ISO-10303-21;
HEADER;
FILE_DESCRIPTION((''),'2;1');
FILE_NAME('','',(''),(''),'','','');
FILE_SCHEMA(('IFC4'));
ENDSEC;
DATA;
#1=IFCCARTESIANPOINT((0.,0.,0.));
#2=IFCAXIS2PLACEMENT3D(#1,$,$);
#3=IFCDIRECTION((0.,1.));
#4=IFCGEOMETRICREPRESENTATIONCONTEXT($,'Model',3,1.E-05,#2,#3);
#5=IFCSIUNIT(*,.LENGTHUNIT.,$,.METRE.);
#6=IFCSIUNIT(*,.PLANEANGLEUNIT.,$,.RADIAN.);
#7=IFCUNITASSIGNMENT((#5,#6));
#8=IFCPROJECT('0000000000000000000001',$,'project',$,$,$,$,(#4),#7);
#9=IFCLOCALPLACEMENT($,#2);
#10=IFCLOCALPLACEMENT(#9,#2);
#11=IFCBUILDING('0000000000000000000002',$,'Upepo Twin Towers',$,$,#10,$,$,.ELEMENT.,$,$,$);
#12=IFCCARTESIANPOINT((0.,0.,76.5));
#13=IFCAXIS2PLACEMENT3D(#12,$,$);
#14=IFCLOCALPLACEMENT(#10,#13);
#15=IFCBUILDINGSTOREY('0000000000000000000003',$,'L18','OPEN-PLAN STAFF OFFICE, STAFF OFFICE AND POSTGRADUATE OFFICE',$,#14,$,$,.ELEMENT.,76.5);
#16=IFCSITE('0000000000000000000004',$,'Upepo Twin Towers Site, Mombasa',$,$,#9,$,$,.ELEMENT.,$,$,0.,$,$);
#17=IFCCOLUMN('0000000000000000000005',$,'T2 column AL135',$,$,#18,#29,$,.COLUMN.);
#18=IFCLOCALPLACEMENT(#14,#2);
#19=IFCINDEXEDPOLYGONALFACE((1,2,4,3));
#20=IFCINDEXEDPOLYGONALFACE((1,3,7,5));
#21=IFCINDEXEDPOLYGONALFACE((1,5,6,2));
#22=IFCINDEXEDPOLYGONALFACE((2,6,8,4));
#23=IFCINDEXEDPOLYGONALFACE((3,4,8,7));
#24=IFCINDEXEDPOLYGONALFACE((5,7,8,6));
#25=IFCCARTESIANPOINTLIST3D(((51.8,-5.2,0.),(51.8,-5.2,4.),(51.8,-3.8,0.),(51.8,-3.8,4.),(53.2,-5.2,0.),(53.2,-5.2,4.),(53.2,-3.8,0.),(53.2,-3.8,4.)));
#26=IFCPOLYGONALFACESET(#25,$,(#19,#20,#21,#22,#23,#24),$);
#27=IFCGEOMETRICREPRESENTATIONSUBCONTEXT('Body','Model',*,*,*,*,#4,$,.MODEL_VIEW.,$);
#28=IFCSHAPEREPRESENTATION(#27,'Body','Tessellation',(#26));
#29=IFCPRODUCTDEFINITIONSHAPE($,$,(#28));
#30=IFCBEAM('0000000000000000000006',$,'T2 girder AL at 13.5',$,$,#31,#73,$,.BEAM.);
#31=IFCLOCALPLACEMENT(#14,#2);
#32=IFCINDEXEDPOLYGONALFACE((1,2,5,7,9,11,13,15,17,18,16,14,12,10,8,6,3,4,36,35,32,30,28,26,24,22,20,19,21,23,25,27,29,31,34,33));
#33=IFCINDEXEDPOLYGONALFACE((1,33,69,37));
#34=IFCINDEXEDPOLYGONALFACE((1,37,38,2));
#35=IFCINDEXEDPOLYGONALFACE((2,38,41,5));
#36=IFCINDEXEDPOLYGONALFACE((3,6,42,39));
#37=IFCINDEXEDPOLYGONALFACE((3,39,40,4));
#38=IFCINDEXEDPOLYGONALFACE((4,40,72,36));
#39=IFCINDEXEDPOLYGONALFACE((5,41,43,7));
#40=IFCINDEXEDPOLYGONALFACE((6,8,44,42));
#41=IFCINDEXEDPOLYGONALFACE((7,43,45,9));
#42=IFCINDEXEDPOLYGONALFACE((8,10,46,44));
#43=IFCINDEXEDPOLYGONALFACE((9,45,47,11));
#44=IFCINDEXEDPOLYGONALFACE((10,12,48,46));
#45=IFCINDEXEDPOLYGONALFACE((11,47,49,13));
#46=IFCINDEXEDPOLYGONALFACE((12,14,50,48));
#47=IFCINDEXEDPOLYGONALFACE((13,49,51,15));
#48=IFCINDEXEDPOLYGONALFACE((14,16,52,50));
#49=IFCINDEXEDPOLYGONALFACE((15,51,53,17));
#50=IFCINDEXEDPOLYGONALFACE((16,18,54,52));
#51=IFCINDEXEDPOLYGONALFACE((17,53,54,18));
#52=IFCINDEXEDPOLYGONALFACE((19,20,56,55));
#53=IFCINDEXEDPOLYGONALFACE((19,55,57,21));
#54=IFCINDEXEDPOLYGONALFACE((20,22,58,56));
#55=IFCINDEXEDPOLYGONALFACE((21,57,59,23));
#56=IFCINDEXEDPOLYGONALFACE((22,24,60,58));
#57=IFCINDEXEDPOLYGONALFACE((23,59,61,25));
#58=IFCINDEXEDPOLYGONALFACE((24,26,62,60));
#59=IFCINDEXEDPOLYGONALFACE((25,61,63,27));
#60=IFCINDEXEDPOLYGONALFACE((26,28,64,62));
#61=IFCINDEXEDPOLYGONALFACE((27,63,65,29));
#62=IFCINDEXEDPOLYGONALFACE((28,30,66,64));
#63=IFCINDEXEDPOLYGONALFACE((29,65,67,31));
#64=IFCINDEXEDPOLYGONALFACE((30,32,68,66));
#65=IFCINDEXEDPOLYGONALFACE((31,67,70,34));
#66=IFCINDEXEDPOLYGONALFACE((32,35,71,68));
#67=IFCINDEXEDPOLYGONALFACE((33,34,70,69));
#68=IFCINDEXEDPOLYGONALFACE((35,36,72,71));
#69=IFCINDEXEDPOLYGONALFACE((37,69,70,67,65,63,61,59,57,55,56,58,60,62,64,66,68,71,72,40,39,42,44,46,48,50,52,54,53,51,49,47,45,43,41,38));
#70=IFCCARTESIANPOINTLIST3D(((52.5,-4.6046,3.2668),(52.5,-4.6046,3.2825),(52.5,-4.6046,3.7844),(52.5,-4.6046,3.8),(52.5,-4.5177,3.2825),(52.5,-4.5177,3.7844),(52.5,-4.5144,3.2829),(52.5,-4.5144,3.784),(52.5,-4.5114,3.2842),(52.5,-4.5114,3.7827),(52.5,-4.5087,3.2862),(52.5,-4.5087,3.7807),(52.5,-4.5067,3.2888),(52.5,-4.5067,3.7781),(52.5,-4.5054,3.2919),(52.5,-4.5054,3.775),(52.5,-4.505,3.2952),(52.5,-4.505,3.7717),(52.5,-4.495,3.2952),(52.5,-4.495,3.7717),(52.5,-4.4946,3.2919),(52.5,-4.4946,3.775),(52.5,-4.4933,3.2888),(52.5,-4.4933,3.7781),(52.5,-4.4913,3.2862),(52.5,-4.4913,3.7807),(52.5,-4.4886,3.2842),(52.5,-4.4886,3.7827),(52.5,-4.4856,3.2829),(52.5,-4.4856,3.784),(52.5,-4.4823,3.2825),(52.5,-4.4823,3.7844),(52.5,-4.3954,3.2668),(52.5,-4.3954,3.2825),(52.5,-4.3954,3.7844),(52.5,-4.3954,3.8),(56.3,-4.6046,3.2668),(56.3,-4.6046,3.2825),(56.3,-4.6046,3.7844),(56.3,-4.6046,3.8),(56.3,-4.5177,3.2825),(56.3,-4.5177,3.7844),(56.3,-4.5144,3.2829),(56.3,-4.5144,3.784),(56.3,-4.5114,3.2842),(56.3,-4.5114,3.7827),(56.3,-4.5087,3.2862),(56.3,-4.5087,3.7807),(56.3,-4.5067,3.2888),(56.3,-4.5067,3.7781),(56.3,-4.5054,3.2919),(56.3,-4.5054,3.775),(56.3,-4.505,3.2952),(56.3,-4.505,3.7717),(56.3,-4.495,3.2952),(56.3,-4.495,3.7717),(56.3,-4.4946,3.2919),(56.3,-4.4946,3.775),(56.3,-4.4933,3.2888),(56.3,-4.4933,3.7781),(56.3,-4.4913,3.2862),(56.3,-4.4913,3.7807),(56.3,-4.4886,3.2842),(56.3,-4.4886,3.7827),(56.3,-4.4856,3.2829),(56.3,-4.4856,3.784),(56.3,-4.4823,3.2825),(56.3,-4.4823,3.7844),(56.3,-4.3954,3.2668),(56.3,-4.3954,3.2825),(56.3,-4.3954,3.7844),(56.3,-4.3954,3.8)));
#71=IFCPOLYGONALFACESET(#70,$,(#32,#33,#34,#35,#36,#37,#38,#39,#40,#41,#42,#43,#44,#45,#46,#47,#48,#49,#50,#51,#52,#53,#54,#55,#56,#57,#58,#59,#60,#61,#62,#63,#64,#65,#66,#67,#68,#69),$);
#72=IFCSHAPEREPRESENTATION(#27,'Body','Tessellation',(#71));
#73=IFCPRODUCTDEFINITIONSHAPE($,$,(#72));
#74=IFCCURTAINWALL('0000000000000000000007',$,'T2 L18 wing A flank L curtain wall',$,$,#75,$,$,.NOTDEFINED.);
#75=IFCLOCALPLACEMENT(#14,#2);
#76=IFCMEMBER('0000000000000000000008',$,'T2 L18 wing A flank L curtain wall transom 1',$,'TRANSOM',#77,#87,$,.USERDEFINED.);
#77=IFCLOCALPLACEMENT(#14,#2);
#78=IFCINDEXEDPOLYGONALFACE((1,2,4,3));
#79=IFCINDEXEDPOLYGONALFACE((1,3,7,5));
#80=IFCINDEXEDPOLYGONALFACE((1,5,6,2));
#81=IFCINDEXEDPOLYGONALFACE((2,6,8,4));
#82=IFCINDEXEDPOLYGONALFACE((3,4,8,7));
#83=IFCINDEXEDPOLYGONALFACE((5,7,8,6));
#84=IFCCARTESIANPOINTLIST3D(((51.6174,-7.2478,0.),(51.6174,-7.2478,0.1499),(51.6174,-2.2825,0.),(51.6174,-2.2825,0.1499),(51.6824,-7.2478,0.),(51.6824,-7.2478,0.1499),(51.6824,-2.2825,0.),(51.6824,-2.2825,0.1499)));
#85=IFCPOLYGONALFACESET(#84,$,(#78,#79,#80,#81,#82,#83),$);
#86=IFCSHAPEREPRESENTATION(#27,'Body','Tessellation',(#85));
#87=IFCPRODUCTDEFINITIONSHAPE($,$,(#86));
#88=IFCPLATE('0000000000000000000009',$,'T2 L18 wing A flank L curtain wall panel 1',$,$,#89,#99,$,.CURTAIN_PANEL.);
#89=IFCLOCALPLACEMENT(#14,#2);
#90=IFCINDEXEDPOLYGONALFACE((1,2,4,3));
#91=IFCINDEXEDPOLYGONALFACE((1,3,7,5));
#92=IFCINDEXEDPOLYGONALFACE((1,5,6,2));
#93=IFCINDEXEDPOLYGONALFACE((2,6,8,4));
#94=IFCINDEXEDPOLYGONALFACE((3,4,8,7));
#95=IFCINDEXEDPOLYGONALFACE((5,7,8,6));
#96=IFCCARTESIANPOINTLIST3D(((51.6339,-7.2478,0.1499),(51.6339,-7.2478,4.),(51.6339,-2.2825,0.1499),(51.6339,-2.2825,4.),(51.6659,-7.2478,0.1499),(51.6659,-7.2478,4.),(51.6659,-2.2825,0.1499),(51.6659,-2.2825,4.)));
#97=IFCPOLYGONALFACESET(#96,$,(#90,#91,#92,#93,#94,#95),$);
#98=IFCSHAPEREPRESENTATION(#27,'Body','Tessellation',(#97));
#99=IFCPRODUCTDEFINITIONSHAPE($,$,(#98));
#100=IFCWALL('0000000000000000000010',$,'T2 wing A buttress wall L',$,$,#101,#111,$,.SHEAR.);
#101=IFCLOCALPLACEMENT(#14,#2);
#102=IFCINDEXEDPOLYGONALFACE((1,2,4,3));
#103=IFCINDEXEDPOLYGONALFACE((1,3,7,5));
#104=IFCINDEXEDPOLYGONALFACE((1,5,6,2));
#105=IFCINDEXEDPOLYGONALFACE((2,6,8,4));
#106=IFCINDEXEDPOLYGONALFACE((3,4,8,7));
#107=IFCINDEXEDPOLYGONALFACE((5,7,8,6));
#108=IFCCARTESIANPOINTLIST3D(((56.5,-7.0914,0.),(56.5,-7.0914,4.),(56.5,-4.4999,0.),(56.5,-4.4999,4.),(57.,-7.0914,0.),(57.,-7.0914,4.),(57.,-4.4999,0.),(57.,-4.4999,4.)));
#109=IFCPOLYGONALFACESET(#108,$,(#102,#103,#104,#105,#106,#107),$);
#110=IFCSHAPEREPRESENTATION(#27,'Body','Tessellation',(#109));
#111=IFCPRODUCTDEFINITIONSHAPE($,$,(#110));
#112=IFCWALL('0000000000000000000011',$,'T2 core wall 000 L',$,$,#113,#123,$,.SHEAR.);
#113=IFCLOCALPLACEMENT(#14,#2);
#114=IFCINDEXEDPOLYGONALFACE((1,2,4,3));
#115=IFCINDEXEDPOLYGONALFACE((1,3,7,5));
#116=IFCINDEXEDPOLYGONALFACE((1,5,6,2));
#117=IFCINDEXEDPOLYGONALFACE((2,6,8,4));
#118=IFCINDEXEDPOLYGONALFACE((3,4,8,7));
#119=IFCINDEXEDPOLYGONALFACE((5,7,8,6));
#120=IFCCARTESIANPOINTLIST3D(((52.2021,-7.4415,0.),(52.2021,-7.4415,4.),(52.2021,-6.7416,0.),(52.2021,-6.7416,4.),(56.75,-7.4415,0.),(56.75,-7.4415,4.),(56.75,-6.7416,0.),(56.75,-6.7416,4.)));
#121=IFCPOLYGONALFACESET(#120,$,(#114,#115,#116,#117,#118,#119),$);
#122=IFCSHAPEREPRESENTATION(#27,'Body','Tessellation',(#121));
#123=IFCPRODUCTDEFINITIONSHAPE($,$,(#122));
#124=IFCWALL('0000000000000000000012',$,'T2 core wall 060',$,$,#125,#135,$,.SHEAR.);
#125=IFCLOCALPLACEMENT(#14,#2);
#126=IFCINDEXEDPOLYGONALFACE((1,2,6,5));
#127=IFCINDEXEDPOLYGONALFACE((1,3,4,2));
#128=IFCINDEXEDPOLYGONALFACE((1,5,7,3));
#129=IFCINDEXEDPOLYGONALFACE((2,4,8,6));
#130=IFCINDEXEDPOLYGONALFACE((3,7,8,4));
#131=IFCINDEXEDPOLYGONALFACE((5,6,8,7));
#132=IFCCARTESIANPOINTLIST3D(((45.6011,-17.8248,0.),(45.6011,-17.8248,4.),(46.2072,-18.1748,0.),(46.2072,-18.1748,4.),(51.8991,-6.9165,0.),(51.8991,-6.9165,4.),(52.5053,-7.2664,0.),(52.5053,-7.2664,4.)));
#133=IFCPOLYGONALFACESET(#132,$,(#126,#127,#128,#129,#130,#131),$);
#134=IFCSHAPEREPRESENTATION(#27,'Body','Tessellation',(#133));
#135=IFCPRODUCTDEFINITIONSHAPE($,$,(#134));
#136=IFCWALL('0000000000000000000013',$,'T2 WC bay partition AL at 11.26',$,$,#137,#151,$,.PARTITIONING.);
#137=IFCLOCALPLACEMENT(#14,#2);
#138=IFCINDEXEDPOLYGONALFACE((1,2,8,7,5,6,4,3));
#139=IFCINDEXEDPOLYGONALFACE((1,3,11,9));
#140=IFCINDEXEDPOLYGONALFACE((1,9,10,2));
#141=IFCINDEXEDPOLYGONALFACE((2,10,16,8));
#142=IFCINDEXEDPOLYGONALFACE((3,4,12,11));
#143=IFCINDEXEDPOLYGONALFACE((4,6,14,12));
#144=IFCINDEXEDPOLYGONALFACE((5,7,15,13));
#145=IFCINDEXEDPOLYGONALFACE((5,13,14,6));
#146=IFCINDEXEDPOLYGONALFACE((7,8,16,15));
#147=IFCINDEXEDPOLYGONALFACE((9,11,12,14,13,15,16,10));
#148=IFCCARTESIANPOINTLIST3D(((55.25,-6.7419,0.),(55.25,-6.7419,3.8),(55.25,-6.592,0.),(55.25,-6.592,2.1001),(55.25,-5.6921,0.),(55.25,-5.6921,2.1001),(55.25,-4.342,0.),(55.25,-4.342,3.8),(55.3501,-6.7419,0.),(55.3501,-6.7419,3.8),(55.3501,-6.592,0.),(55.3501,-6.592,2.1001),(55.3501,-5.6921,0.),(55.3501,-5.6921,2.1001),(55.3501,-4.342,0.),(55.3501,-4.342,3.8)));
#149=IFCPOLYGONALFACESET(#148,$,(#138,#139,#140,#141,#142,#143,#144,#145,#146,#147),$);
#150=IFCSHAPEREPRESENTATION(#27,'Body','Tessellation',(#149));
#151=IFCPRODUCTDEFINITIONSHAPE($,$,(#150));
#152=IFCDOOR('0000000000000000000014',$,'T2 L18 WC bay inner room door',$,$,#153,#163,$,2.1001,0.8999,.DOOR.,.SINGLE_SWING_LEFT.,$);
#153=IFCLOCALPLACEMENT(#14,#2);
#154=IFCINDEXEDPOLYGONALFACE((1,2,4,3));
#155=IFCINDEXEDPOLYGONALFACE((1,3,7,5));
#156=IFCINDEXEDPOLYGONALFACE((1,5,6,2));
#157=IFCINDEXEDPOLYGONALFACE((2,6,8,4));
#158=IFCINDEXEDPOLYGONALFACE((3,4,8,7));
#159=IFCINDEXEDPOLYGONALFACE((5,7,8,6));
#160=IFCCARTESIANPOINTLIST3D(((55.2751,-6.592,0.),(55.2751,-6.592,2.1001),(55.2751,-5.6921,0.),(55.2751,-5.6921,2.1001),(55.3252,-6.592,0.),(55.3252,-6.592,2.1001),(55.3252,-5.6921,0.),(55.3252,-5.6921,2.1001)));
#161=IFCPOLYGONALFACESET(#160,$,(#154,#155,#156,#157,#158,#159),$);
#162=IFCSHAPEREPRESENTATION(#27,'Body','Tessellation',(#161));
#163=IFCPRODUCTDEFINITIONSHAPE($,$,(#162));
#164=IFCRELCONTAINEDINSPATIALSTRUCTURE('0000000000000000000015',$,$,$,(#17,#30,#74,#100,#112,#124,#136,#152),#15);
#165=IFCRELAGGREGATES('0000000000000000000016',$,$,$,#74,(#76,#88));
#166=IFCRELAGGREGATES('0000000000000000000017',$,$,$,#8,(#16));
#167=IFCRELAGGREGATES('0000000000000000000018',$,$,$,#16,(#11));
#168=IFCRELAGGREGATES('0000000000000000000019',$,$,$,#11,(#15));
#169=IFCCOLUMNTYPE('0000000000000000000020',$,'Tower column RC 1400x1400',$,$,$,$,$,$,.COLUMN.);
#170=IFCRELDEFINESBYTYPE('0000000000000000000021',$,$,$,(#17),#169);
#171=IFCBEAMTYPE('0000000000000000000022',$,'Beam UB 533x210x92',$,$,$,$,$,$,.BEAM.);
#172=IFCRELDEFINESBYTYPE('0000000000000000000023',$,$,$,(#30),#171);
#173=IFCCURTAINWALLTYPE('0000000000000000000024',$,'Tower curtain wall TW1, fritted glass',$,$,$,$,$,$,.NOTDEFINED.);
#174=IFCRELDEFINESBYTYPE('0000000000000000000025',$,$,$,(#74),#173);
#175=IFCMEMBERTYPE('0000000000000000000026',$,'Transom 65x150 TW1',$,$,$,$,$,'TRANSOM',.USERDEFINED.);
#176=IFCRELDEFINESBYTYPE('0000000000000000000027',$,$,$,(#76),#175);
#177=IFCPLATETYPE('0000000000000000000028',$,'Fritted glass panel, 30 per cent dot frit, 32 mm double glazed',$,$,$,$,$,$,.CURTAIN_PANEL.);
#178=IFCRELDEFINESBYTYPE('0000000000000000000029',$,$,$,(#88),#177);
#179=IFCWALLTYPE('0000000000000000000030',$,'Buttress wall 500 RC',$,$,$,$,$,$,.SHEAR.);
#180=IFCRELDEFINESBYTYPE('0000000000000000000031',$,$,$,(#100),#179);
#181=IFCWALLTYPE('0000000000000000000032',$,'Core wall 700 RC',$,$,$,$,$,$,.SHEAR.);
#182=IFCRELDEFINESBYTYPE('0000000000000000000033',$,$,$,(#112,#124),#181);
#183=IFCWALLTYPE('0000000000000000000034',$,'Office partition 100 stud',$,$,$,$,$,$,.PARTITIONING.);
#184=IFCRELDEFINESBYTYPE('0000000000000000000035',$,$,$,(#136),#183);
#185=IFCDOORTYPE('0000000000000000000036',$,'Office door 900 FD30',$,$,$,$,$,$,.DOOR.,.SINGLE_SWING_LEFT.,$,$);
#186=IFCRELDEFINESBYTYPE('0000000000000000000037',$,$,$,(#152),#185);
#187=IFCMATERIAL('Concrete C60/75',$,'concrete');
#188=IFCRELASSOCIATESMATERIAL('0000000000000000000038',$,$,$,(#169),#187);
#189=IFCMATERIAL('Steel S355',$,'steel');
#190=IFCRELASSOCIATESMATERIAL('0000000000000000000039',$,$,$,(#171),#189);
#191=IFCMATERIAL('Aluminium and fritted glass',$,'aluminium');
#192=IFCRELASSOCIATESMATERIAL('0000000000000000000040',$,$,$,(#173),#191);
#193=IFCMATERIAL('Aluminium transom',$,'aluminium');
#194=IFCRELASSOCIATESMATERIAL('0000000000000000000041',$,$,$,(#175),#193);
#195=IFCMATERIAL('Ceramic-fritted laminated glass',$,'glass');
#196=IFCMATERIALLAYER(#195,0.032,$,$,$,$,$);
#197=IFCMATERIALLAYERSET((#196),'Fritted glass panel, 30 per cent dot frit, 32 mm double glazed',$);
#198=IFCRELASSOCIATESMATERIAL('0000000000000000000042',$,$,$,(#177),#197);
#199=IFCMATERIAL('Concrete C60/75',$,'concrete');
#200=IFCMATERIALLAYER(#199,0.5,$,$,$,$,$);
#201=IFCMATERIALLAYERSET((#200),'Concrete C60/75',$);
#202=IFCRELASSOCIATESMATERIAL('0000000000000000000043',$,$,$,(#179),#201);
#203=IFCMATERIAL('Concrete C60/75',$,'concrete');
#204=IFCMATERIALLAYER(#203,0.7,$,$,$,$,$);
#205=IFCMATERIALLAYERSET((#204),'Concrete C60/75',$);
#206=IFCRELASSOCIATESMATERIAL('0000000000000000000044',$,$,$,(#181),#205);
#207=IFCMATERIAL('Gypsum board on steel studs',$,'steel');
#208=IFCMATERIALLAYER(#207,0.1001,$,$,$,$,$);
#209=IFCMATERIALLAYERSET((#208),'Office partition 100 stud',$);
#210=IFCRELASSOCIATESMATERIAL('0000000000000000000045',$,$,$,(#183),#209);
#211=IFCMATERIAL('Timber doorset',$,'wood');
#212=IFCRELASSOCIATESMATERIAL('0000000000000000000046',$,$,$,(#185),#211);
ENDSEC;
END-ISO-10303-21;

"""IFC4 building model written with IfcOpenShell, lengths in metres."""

from ifc_helpers import new_model, si_unit, direction, frame, frame_2d, origin, origin_2d, place, context, subcontext, project, spatial, rectangle, i_section, extrude, material, layer, layer_set, material_profile, profile_set, type_object, element, fill, aggregate, save


model = new_model("IFC4")

# Units and contexts
model_context = context("Model", 3, precision=1e-05, world=origin(), true_north=direction((0.0, 1.0)))
body_context = subcontext(model_context, "Body", "Model", "MODEL_VIEW")
ifc_project = project(units=[si_unit("LENGTHUNIT", "METRE"), si_unit("PLANEANGLEUNIT", "RADIAN")], contexts=[model_context])

# Site, building, storey
site_placement = place(None, origin())
site = spatial("IfcSite", under=ifc_project, at=site_placement, Name="Upepo Twin Towers Site, Mombasa", CompositionType="ELEMENT", RefElevation=0.0)
building_placement = place(site_placement, origin())
building = spatial("IfcBuilding", under=site, at=building_placement, Name="Upepo Twin Towers", CompositionType="ELEMENT")
storey_placement = place(building_placement, frame((0.0, 0.0, 76.5)))
storey = spatial("IfcBuildingStorey", under=building, at=storey_placement, Name="L18", Description="OPEN-PLAN STAFF OFFICE, STAFF OFFICE AND POSTGRADUATE OFFICE", CompositionType="ELEMENT", Elevation=76.5)

# Column
ifc_material_1 = material(Name="Concrete C60/75", Category="concrete")
ifc_material_profile_1 = material_profile(ifc_material_1, rectangle(XDim=1.3999, YDim=1.3999, at=origin_2d()), Name="RC 1400x1400")
ifc_profile_set_1 = profile_set([ifc_material_profile_1], Name="Concrete C60/75")
column_type = type_object("IfcColumnType", Name="Tower column RC 1400x1400", PredefinedType="COLUMN", material=ifc_profile_set_1)
column_placement = place(storey_placement, frame((52.5, -4.5, 0.0), z_axis=(0.0, 0.0, 1.0), x_axis=(1.0, 0.0, 0.0)))
element("IfcColumn", 1, at=column_placement, inside=storey, type_object=column_type, Name="T2 column AL135", PredefinedType="COLUMN", context=body_context, shape_type="SweptSolid", body=[
    extrude(rectangle(XDim=1.3999, YDim=1.3999, at=origin_2d()), origin(), (0.0, 0.0, 1.0), 4.0),
])

# Beam
ifc_material_2 = material(Name="Steel S355", Category="steel")
ifc_material_profile_2 = material_profile(ifc_material_2, i_section(OverallWidth=0.2092, OverallDepth=0.5332, WebThickness=0.01, FlangeThickness=0.0156, FilletRadius=0.0127, at=origin_2d()), Name="UB 533x210x92")
ifc_profile_set_2 = profile_set([ifc_material_profile_2], Name="Steel S355")
beam_type = type_object("IfcBeamType", Name="Beam UB 533x210x92", PredefinedType="BEAM", material=ifc_profile_set_2)
beam_placement = place(storey_placement, frame((52.5, -4.5, 3.5334), z_axis=(1.0, 0.0, 0.0), x_axis=(0.0, 1.0, 0.0)))
element("IfcBeam", 2, at=beam_placement, inside=storey, type_object=beam_type, Name="T2 girder AL at 13.5", PredefinedType="BEAM", context=body_context, shape_type="SweptSolid", body=[
    extrude(i_section(OverallWidth=0.2092, OverallDepth=0.5332, WebThickness=0.01, FlangeThickness=0.0156, FilletRadius=0.0127, at=origin_2d()), origin(), (0.0, 0.0, 1.0), 3.8),
])

# Curtain wall, member, plate
ifc_material_3 = material(Name="Aluminium and fritted glass", Category="aluminium")
curtain_wall_type = type_object("IfcCurtainWallType", Name="Tower curtain wall TW1, fritted glass", PredefinedType="NOTDEFINED", material=ifc_material_3)
curtain_wall_placement = place(storey_placement, origin())
curtain_wall = element("IfcCurtainWall", 3, at=curtain_wall_placement, inside=storey, type_object=curtain_wall_type, Name="T2 L18 wing A flank L curtain wall", PredefinedType="NOTDEFINED")
ifc_material_4 = material(Name="Aluminium transom", Category="aluminium")
ifc_material_profile_3 = material_profile(ifc_material_4, rectangle(XDim=0.0649, YDim=0.1499, at=origin_2d()), Name="TRANSOM 65x150")
ifc_profile_set_3 = profile_set([ifc_material_profile_3], Name="Aluminium transom")
member_type = type_object("IfcMemberType", Name="Transom 65x150 TW1", ElementType="TRANSOM", PredefinedType="USERDEFINED", material=ifc_profile_set_3)
member_placement = place(storey_placement, frame((51.6499, -7.2478, 0.075), z_axis=(0.0, 1.0, 0.0), x_axis=(-1.0, 0.0, 0.0)))
member = element("IfcMember", 4, at=member_placement, type_object=member_type, Name="T2 L18 wing A flank L curtain wall transom 1", ObjectType="TRANSOM", PredefinedType="USERDEFINED", context=body_context, shape_type="SweptSolid", body=[
    extrude(rectangle(XDim=0.0649, YDim=0.1499, at=origin_2d()), origin(), (0.0, 0.0, 1.0), 4.9653),
])
ifc_material_5 = material(Name="Ceramic-fritted laminated glass", Category="glass")
ifc_layer_1 = layer(ifc_material_5, 0.032)
ifc_layer_set_1 = layer_set([ifc_layer_1], Name="Fritted glass panel, 30 per cent dot frit, 32 mm double glazed")
plate_type = type_object("IfcPlateType", Name="Fritted glass panel, 30 per cent dot frit, 32 mm double glazed", PredefinedType="CURTAIN_PANEL", material=ifc_layer_set_1)
plate_placement = place(storey_placement, frame((51.6499, -4.7651, 0.1499), z_axis=(0.0, 0.0, 1.0), x_axis=(0.0, 1.0, 0.0)))
plate = element("IfcPlate", 5, at=plate_placement, type_object=plate_type, Name="T2 L18 wing A flank L curtain wall panel 1", PredefinedType="CURTAIN_PANEL", context=body_context, shape_type="SweptSolid", body=[
    extrude(rectangle(XDim=4.9653, YDim=0.032, at=origin_2d()), origin(), (0.0, 0.0, 1.0), 3.8501),
])
aggregate(curtain_wall, [member, plate])

# Walls
ifc_material_6 = material(Name="Concrete C60/75", Category="concrete")
ifc_layer_2 = layer(ifc_material_6, 0.5)
ifc_layer_set_2 = layer_set([ifc_layer_2], Name="Concrete C60/75")
wall_type_1 = type_object("IfcWallType", Name="Buttress wall 500 RC", PredefinedType="SHEAR", material=ifc_layer_set_2)
wall_1_placement = place(storey_placement, frame((56.75, -7.0916, 0.0), z_axis=(0.0, 0.0, 1.0), x_axis=(0.0, 1.0, 0.0)))
element("IfcWall", 6, at=wall_1_placement, inside=storey, type_object=wall_type_1, Name="T2 wing A buttress wall L", PredefinedType="SHEAR", context=body_context, shape_type="SweptSolid", body=[
    extrude(rectangle(XDim=2.5916, YDim=0.5, at=frame_2d((1.2959, 0.0))), origin(), (0.0, 0.0, 1.0), 4.0),
])
ifc_material_7 = material(Name="Concrete C60/75", Category="concrete")
ifc_layer_3 = layer(ifc_material_7, 0.7)
ifc_layer_set_3 = layer_set([ifc_layer_3], Name="Concrete C60/75")
wall_type_2 = type_object("IfcWallType", Name="Core wall 700 RC", PredefinedType="SHEAR", material=ifc_layer_set_3)
wall_2_placement = place(storey_placement, frame((56.75, -7.0916, 0.0), z_axis=(0.0, 0.0, 1.0), x_axis=(-1.0, 0.0, 0.0)))
element("IfcWall", 7, at=wall_2_placement, inside=storey, type_object=wall_type_2, Name="T2 core wall 000 L", PredefinedType="SHEAR", context=body_context, shape_type="SweptSolid", body=[
    extrude(rectangle(XDim=4.5479, YDim=0.7, at=frame_2d((2.2739, 0.0))), origin(), (0.0, 0.0, 1.0), 4.0),
])
wall_3_placement = place(storey_placement, frame((52.2021, -7.0916, 0.0), z_axis=(0.0, 0.0, 1.0), x_axis=(-0.500006, -0.866022, 0.0)))
element("IfcWall", 8, at=wall_3_placement, inside=storey, type_object=wall_type_2, Name="T2 core wall 060", PredefinedType="SHEAR", context=body_context, shape_type="SweptSolid", body=[
    extrude(rectangle(XDim=12.5959, YDim=0.7, at=frame_2d((6.2979, 0.0))), origin(), (0.0, 0.0, 1.0), 4.0),
])

# Wall, opening, door
ifc_material_8 = material(Name="Gypsum board on steel studs", Category="steel")
ifc_layer_4 = layer(ifc_material_8, 0.1001)
ifc_layer_set_4 = layer_set([ifc_layer_4], Name="Office partition 100 stud")
wall_type_3 = type_object("IfcWallType", Name="Office partition 100 stud", PredefinedType="PARTITIONING", material=ifc_layer_set_4)
wall_4_placement = place(storey_placement, frame((55.3, -6.7419, 0.0), z_axis=(0.0, 0.0, 1.0), x_axis=(0.0, 1.0, 0.0)))
wall_4 = element("IfcWall", 9, at=wall_4_placement, inside=storey, type_object=wall_type_3, Name="T2 WC bay partition AL at 11.26", PredefinedType="PARTITIONING", context=body_context, shape_type="SweptSolid", body=[
    extrude(rectangle(XDim=2.3999, YDim=0.1001, at=frame_2d((1.2, 0.0))), origin(), (0.0, 0.0, 1.0), 3.8),
])
opening_1_placement = place(wall_4_placement, frame((0.1499, 0.0, 0.0)))
opening_1 = element("IfcOpeningElement", 10, at=opening_1_placement, cuts=wall_4, PredefinedType="OPENING", context=body_context, shape_type="SweptSolid", body=[
    extrude(rectangle(XDim=0.8999, YDim=2.1001, at=frame_2d((0.45, 1.05))), frame((0.0, 0.0601, 0.0), z_axis=(0.0, -1.0, 0.0), x_axis=(1.0, 0.0, 0.0)), (0.0, 0.0, 1.0), 0.1201),
])
ifc_material_9 = material(Name="Timber doorset", Category="wood")
door_type_1 = type_object("IfcDoorType", Name="Office door 900 FD30", OperationType="SINGLE_SWING_LEFT", PredefinedType="DOOR", material=ifc_material_9)
door_1_placement = place(opening_1_placement, origin())
door_1 = element("IfcDoor", 11, at=door_1_placement, inside=storey, type_object=door_type_1, Name="T2 L18 WC bay inner room door", OperationType="SINGLE_SWING_LEFT", OverallHeight=2.1001, OverallWidth=0.8999, PredefinedType="DOOR", context=body_context, shape_type="SweptSolid", body=[
    extrude(rectangle(XDim=0.8999, YDim=2.1001, at=frame_2d((0.45, 1.05))), frame((0.0, 0.0249, 0.0), z_axis=(0.0, -1.0, 0.0), x_axis=(1.0, 0.0, 0.0)), (0.0, 0.0, 1.0), 0.05),
])
fill(opening_1, door_1)

save(model, "model.ifc")
